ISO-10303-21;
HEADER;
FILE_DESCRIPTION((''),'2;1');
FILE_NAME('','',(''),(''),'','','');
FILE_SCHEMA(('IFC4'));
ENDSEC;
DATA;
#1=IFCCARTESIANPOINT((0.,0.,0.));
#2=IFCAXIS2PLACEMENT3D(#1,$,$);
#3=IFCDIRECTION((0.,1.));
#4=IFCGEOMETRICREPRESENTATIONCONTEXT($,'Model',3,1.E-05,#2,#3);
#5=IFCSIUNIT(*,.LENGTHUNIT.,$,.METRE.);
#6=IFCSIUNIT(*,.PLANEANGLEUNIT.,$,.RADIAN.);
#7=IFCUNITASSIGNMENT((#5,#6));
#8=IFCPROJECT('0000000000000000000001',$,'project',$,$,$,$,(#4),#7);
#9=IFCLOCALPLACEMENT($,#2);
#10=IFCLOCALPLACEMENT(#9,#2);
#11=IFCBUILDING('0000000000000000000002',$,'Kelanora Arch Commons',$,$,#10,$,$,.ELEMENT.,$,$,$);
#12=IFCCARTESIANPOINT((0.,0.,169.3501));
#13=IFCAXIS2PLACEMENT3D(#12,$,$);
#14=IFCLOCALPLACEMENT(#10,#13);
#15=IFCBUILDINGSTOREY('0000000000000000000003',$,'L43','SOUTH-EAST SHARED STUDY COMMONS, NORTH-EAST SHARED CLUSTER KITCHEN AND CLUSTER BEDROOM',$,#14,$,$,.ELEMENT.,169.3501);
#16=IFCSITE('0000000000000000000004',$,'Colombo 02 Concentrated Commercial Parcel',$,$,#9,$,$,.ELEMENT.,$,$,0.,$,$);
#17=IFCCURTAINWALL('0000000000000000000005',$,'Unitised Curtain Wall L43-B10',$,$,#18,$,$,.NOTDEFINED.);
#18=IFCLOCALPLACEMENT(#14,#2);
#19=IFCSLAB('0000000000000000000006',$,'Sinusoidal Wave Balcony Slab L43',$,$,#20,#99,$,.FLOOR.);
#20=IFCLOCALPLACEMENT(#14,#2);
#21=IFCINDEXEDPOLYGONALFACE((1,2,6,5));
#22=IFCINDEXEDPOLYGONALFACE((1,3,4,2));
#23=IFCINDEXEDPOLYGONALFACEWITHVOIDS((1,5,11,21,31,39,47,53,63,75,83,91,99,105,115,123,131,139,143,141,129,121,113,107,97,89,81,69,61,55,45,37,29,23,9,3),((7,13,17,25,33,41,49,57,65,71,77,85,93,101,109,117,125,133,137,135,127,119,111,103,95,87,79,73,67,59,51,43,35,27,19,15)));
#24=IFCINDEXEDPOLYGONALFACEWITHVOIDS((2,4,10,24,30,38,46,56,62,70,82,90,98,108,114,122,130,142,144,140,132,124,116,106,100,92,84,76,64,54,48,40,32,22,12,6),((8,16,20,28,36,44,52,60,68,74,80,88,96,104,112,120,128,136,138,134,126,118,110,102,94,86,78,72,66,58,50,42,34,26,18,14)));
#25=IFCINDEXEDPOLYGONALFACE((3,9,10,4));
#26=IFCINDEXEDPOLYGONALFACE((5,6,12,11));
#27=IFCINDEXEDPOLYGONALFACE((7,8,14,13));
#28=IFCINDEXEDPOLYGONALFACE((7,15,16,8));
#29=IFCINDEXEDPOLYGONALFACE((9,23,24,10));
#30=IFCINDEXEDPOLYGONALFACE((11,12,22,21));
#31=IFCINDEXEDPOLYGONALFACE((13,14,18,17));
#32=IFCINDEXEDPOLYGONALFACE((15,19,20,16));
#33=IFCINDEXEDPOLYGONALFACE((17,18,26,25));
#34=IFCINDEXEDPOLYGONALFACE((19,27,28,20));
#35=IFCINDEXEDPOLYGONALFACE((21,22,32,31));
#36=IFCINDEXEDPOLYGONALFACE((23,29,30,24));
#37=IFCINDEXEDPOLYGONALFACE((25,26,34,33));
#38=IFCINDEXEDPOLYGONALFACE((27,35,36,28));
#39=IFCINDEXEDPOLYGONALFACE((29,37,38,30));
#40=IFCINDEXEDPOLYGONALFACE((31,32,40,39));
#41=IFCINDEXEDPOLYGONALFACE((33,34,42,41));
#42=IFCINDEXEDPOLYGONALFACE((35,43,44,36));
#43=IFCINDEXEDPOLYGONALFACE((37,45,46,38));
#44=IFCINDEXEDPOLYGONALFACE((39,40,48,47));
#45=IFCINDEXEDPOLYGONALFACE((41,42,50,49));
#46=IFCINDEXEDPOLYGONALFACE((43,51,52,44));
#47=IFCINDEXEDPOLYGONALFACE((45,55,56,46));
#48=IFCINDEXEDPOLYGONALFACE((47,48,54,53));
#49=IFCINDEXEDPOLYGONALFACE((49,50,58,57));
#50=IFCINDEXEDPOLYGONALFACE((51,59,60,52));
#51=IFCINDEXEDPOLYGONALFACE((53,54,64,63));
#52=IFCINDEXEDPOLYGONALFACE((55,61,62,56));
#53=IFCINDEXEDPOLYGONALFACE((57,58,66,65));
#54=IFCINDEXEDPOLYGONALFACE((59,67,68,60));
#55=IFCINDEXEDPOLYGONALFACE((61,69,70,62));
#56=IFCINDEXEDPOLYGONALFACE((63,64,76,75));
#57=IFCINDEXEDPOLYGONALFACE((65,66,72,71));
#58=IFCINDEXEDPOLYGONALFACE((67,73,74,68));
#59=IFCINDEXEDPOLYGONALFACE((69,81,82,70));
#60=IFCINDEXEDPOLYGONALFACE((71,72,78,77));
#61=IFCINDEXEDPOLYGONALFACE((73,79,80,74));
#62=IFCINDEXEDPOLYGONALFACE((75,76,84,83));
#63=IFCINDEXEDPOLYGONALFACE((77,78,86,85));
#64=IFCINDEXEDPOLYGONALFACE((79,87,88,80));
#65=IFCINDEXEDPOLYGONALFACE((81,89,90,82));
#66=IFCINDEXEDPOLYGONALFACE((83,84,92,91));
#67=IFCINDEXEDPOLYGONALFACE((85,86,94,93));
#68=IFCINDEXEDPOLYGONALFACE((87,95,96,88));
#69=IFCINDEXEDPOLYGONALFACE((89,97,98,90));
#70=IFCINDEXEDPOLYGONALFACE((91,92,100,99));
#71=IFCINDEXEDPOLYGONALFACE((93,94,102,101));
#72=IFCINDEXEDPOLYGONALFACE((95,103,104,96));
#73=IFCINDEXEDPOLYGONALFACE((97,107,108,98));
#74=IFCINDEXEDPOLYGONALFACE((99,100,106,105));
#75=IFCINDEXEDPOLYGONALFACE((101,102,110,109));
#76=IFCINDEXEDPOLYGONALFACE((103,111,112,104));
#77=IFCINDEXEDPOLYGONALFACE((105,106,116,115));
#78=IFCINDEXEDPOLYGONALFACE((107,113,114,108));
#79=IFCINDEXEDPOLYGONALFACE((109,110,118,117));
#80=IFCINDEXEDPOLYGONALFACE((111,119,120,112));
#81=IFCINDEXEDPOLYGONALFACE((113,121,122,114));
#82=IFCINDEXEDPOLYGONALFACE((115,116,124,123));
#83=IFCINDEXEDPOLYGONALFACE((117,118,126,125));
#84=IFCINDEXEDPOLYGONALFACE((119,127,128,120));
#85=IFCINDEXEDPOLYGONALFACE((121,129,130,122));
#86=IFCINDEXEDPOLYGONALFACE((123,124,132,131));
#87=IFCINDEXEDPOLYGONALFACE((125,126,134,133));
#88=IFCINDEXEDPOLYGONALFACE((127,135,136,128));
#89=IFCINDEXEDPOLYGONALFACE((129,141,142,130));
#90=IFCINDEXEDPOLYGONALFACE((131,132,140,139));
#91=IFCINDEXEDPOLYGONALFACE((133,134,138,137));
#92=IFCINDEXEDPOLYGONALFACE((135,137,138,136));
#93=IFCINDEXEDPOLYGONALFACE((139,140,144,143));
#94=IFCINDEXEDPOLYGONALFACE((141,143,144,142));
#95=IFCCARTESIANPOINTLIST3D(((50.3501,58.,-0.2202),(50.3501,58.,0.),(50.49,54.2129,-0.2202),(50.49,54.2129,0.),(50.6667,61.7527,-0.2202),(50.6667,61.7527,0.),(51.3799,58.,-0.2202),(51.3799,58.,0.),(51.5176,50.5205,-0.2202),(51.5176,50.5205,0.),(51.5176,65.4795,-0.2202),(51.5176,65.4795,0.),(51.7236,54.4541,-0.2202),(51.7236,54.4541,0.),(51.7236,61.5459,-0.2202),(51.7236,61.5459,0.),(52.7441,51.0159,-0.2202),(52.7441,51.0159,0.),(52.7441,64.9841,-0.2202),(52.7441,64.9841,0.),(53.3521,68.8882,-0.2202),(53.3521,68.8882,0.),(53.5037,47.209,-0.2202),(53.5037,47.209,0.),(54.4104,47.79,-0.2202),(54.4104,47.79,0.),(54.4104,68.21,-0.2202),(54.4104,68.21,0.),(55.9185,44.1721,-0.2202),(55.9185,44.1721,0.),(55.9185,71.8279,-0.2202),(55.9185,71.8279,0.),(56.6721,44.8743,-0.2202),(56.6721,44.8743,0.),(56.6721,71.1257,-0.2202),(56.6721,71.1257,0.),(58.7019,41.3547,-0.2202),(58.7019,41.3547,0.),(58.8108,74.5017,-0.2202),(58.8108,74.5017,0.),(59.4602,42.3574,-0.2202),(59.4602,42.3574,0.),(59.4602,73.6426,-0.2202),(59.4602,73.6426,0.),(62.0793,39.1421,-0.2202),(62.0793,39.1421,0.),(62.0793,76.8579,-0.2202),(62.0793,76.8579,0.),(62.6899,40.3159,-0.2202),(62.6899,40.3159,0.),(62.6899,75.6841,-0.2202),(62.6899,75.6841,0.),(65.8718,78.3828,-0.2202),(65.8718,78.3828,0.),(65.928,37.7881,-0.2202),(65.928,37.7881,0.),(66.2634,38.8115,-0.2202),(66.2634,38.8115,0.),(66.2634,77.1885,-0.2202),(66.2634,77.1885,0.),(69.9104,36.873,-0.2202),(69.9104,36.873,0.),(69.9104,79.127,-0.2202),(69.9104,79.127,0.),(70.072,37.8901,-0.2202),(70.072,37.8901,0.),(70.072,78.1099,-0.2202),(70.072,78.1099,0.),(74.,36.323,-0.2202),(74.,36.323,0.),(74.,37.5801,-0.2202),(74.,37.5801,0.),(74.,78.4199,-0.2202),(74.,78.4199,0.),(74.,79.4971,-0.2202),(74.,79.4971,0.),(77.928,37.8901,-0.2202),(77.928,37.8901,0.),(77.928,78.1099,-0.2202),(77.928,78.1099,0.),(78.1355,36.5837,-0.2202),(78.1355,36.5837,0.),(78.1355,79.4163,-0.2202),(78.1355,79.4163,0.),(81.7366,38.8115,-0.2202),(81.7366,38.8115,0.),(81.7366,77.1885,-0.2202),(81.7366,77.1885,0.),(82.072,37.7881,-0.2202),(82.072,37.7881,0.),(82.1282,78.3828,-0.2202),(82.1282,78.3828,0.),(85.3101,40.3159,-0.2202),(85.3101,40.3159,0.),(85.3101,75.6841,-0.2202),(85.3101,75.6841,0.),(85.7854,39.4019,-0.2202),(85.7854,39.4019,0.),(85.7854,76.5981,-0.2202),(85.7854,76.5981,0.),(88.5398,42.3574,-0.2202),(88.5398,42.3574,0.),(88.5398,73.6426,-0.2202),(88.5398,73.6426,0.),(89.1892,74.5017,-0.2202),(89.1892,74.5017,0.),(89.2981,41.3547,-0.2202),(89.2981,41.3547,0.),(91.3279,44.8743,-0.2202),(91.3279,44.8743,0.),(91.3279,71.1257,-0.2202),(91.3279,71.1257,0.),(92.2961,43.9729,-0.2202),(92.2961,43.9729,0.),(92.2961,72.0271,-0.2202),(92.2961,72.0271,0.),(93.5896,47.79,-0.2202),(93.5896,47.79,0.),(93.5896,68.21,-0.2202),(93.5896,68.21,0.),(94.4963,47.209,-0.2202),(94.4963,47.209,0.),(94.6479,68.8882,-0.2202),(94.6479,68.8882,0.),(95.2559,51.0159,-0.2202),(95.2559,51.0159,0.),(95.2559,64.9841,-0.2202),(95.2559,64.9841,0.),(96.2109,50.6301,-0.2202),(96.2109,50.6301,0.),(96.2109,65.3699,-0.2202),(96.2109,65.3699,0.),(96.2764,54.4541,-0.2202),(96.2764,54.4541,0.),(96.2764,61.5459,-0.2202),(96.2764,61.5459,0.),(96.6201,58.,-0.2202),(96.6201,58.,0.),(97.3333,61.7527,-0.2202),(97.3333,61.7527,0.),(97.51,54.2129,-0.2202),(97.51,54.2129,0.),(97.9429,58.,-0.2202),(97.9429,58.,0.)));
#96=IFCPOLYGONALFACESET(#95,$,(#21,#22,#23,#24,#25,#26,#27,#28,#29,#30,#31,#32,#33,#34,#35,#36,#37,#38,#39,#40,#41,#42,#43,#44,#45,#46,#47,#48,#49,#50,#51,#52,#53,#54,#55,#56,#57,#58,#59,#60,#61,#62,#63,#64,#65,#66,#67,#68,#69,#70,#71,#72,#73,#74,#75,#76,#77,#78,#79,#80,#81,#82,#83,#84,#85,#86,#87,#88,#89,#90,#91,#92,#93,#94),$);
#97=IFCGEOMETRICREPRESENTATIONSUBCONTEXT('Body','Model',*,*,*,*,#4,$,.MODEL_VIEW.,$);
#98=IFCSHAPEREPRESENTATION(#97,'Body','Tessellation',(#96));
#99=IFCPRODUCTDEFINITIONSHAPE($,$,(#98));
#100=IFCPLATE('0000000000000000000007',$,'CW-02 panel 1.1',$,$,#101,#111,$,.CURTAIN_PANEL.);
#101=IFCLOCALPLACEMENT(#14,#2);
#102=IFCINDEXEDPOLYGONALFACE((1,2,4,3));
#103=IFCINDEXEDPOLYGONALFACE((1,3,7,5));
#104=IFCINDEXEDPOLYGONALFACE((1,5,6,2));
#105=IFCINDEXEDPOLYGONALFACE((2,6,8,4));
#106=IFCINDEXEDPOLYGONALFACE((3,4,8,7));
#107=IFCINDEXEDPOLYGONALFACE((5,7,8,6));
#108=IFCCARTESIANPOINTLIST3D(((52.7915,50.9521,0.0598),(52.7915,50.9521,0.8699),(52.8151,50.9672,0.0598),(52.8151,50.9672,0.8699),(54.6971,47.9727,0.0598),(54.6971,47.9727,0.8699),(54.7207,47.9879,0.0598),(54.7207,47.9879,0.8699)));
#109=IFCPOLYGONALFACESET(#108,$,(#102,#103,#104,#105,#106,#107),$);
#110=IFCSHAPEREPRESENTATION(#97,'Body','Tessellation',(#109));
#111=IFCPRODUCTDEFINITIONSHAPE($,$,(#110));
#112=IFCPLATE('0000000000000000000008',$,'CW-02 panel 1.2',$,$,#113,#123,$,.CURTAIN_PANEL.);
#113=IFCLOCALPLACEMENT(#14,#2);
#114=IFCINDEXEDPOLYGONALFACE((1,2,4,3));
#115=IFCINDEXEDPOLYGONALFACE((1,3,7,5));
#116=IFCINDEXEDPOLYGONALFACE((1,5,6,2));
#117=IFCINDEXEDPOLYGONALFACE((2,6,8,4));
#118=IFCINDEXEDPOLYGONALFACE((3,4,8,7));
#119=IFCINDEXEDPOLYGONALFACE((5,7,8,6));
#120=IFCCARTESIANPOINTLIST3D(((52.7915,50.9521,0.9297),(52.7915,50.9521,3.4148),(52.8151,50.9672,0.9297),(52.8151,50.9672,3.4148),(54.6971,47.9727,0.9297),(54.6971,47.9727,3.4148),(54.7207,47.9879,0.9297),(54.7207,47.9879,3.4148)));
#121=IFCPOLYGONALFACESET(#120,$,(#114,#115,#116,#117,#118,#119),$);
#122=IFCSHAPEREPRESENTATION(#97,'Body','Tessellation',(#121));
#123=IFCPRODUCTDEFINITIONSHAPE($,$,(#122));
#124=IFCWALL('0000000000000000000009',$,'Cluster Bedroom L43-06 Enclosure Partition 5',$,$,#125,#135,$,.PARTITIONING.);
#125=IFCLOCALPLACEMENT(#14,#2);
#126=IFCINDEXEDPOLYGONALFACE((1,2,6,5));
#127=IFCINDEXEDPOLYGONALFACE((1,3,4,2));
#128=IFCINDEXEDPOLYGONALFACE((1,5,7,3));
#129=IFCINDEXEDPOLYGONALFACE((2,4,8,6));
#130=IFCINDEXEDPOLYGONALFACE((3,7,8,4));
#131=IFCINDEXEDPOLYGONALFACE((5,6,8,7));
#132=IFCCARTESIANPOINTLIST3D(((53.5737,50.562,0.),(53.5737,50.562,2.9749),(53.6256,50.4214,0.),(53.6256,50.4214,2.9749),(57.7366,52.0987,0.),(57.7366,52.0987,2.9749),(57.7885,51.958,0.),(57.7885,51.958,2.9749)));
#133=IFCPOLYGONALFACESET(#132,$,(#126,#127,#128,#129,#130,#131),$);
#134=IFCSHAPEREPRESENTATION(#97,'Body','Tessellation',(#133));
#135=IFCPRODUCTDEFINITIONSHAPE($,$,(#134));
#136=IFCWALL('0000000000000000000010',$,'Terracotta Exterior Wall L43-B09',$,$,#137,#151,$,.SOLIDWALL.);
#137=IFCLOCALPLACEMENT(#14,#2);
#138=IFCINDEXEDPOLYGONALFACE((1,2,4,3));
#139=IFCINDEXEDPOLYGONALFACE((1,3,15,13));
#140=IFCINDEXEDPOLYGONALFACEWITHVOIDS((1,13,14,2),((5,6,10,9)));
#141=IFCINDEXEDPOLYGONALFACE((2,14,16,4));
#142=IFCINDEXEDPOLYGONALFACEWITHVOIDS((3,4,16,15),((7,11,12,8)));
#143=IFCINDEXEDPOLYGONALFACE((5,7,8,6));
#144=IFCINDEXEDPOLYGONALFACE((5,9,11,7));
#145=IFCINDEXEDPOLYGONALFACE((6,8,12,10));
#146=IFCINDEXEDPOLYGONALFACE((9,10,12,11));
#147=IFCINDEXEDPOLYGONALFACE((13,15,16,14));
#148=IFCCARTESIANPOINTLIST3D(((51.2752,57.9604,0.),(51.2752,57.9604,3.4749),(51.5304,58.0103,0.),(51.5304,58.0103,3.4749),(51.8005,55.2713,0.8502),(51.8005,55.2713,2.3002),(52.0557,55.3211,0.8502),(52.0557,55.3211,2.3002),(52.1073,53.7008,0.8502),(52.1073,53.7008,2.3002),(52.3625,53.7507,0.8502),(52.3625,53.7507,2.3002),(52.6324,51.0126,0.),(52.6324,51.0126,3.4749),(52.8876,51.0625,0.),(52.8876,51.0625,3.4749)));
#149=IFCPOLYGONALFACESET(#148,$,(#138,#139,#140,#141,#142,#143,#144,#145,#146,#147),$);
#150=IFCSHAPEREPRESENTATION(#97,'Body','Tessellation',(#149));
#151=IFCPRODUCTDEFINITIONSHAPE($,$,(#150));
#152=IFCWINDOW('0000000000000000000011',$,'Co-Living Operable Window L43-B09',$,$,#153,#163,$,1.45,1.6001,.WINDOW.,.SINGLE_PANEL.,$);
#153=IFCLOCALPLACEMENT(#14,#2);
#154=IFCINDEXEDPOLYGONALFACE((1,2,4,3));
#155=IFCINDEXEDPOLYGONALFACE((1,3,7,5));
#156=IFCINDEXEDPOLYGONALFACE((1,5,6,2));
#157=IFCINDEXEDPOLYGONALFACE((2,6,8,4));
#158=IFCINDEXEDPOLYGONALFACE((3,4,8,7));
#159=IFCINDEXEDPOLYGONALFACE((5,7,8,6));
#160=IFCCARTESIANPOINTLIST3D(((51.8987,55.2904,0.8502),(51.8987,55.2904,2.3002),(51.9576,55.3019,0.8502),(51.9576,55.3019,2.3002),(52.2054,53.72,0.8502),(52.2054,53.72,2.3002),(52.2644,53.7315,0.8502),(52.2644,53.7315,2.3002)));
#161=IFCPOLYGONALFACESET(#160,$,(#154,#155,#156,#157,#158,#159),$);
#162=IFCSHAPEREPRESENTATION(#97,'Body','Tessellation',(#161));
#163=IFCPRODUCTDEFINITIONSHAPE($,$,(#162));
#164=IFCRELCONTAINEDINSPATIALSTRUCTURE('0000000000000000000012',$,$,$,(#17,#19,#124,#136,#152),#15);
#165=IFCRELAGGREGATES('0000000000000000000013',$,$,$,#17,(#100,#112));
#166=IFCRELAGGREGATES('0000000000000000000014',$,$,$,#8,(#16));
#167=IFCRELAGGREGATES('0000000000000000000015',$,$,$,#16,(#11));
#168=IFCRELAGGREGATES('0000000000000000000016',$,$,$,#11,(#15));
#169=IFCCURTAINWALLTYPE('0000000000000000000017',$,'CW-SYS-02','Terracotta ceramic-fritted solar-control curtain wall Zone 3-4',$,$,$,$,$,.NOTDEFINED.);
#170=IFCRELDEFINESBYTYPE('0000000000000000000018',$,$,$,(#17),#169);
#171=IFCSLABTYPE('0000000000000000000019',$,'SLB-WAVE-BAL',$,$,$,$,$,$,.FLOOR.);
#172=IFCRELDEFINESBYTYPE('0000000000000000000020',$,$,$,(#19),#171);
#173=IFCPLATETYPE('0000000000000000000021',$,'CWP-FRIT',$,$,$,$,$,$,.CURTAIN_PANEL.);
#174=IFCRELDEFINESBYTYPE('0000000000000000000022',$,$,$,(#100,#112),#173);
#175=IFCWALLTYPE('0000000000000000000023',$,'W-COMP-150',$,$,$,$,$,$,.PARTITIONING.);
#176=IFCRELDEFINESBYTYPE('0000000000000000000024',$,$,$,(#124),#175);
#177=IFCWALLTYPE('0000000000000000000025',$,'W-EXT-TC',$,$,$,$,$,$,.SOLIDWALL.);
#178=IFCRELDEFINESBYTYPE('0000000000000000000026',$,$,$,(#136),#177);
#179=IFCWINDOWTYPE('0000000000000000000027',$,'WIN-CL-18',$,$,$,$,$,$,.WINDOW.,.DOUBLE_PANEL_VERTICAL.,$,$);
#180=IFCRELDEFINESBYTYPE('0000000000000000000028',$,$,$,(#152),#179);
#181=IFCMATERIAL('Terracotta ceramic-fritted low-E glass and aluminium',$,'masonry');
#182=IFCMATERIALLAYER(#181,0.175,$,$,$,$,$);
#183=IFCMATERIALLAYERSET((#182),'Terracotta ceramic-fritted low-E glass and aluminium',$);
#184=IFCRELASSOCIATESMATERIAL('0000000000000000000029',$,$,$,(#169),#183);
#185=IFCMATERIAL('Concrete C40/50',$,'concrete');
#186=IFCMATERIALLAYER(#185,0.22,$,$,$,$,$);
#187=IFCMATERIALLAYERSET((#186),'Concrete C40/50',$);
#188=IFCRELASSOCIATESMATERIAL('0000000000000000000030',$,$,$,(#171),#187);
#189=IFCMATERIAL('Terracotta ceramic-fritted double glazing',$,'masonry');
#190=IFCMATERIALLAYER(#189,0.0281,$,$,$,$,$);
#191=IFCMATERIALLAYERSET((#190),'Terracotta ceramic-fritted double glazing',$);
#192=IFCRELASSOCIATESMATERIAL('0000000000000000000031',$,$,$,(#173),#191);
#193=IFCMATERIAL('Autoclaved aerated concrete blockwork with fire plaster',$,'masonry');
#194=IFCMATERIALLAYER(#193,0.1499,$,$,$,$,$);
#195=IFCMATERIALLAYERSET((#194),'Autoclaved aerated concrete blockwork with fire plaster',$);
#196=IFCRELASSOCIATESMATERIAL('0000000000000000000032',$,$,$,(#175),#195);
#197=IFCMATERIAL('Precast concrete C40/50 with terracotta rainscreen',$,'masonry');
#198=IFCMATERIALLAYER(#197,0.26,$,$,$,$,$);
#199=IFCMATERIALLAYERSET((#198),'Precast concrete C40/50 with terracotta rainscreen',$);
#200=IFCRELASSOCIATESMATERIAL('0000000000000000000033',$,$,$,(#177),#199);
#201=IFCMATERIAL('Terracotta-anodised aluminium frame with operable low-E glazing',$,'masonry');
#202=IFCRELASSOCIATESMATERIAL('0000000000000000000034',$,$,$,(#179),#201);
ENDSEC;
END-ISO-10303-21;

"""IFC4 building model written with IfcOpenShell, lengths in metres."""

from ifc_helpers import new_model, si_unit, direction, frame, frame_2d, origin, origin_2d, place, context, subcontext, project, spatial, polyline, rectangle, outline, extrude, source, transform, mapped, material, layer, layer_set, type_object, element, fill, aggregate, save


model = new_model("IFC4")

# Units and contexts
model_context = context("Model", 3, precision=1e-05, world=origin(), true_north=direction((0.0, 1.0)))
body_context = subcontext(model_context, "Body", "Model", "MODEL_VIEW")
ifc_project = project(units=[si_unit("LENGTHUNIT", "METRE"), si_unit("PLANEANGLEUNIT", "RADIAN")], contexts=[model_context])

# Site, building, storey
site_placement = place(None, origin())
site = spatial("IfcSite", under=ifc_project, at=site_placement, Name="Colombo 02 Concentrated Commercial Parcel", CompositionType="ELEMENT", RefElevation=0.0)
building_placement = place(site_placement, origin())
building = spatial("IfcBuilding", under=site, at=building_placement, Name="Kelanora Arch Commons", CompositionType="ELEMENT")
storey_placement = place(building_placement, frame((0.0, 0.0, 169.3501)))
storey = spatial("IfcBuildingStorey", under=building, at=storey_placement, Name="L43", Description="SOUTH-EAST SHARED STUDY COMMONS, NORTH-EAST SHARED CLUSTER KITCHEN AND CLUSTER BEDROOM", CompositionType="ELEMENT", Elevation=169.3501)

# Shared definitions
ifc_material_1 = material(Name="Terracotta ceramic-fritted low-E glass and aluminium", Category="masonry")
ifc_layer_1 = layer(ifc_material_1, 0.175)
ifc_layer_set_1 = layer_set([ifc_layer_1], Name="Terracotta ceramic-fritted low-E glass and aluminium")
curtain_wall_type = type_object("IfcCurtainWallType", Name="CW-SYS-02", Description="Terracotta ceramic-fritted solar-control curtain wall Zone 3-4", PredefinedType="NOTDEFINED", material=ifc_layer_set_1)

# Curtain wall
curtain_wall_1_placement = place(storey_placement, origin())
curtain_wall_1 = element("IfcCurtainWall", 1, at=curtain_wall_1_placement, inside=storey, type_object=curtain_wall_type, Name="Unitised Curtain Wall L43-B10", PredefinedType="NOTDEFINED")

# Shared definitions
ifc_material_2 = material(Name="Concrete C40/50", Category="concrete")

# Slab
ifc_layer_2 = layer(ifc_material_2, 0.22)
ifc_layer_set_2 = layer_set([ifc_layer_2], Name="Concrete C40/50")
slab_type_1 = type_object("IfcSlabType", Name="SLB-WAVE-BAL", PredefinedType="FLOOR", material=ifc_layer_set_2)
slab_1_placement = place(storey_placement, frame((0.0, 0.0, -0.2202)))
element("IfcSlab", 2, at=slab_1_placement, inside=storey, type_object=slab_type_1, Name="Sinusoidal Wave Balcony Slab L43", PredefinedType="FLOOR", context=body_context, shape_type="SweptSolid", body=[
    extrude(outline(polyline([(97.9429, 58.0), (97.3333, 61.7527), (96.2109, 65.3699), (94.6479, 68.8882), (92.2961, 72.0271), (89.1892, 74.5017), (85.7854, 76.5981), (82.1282, 78.3828), (78.1355, 79.4163), (74.0, 79.4971), (69.9104, 79.127), (65.8718, 78.3828), (62.0793, 76.8579), (58.8108, 74.5017), (55.9185, 71.8279), (53.3521, 68.8882), (51.5176, 65.4795), (50.6667, 61.7527), (50.3501, 58.0), (50.49, 54.2129), (51.5176, 50.5205), (53.5037, 47.209), (55.9185, 44.1721), (58.7019, 41.3547), (62.0793, 39.1421), (65.928, 37.7881), (69.9104, 36.873), (74.0, 36.323), (78.1355, 36.5837), (82.072, 37.7881), (85.7854, 39.4019), (89.2981, 41.3547), (92.2961, 43.9729), (94.4963, 47.209), (96.2109, 50.6301), (97.51, 54.2129), (97.9429, 58.0)]), holes=[polyline([(96.2764, 54.4541), (95.2559, 51.0159), (93.5896, 47.79), (91.3279, 44.8743), (88.5398, 42.3574), (85.3101, 40.3159), (81.7366, 38.8115), (77.928, 37.8901), (74.0, 37.5801), (70.072, 37.8901), (66.2634, 38.8115), (62.6899, 40.3159), (59.4602, 42.3574), (56.6721, 44.8743), (54.4104, 47.79), (52.7441, 51.0159), (51.7236, 54.4541), (51.3799, 58.0), (51.7236, 61.5459), (52.7441, 64.9841), (54.4104, 68.21), (56.6721, 71.1257), (59.4602, 73.6426), (62.6899, 75.6841), (66.2634, 77.1885), (70.072, 78.1099), (74.0, 78.4199), (77.928, 78.1099), (81.7366, 77.1885), (85.3101, 75.6841), (88.5398, 73.6426), (91.3279, 71.1257), (93.5896, 68.21), (95.2559, 64.9841), (96.2764, 61.5459), (96.6201, 58.0), (96.2764, 54.4541)])]), origin(), (0.0, 0.0, 1.0), 0.2202),
])

# Plates
ifc_material_3 = material(Name="Terracotta ceramic-fritted double glazing", Category="masonry")
ifc_layer_3 = layer(ifc_material_3, 0.0281)
ifc_layer_set_3 = layer_set([ifc_layer_3], Name="Terracotta ceramic-fritted double glazing")
plate_type = type_object("IfcPlateType", Name="CWP-FRIT", PredefinedType="CURTAIN_PANEL", material=ifc_layer_set_3)
shared_shape_1 = source(origin(), body_context, "Body", "SweptSolid", [
    extrude(rectangle(XDim=3.5366, YDim=0.0281, at=origin_2d()), origin(), (0.0, 0.0, 1.0), 0.8101),
])
plate_1_placement = place(storey_placement, frame((53.7561, 49.47, 0.0598), z_axis=(0.0, 0.0, 1.0), x_axis=(0.538817, -0.842423, 0.0)))
plate_1 = element("IfcPlate", 3, at=plate_1_placement, type_object=plate_type, Name="CW-02 panel 1.1", PredefinedType="CURTAIN_PANEL", context=body_context, shape_type="MappedRepresentation", body=[
    mapped(shared_shape_1, transform((0.0, 0.0, 0.0), scale=1.0)),
])
shared_shape_2 = source(origin(), body_context, "Body", "SweptSolid", [
    extrude(rectangle(XDim=3.5366, YDim=0.0281, at=origin_2d()), origin(), (0.0, 0.0, 1.0), 2.4851),
])
plate_2_placement = place(storey_placement, frame((53.7561, 49.47, 0.9297), z_axis=(0.0, 0.0, 1.0), x_axis=(0.538817, -0.842423, 0.0)))
plate_2 = element("IfcPlate", 4, at=plate_2_placement, type_object=plate_type, Name="CW-02 panel 1.2", PredefinedType="CURTAIN_PANEL", context=body_context, shape_type="MappedRepresentation", body=[
    mapped(shared_shape_2, transform((0.0, 0.0, 0.0), scale=1.0)),
])
aggregate(curtain_wall_1, [plate_1, plate_2])

# Wall
ifc_material_4 = material(Name="Autoclaved aerated concrete blockwork with fire plaster", Category="masonry")
ifc_layer_4 = layer(ifc_material_4, 0.1499)
ifc_layer_set_4 = layer_set([ifc_layer_4], Name="Autoclaved aerated concrete blockwork with fire plaster")
wall_type_1 = type_object("IfcWallType", Name="W-COMP-150", PredefinedType="PARTITIONING", material=ifc_layer_set_4)
wall_1_placement = place(storey_placement, frame((53.5996, 50.4917, 0.0), z_axis=(0.0, 0.0, 1.0), x_axis=(0.938128, 0.346289, 0.0)))
element("IfcWall", 5, at=wall_1_placement, inside=storey, type_object=wall_type_1, Name="Cluster Bedroom L43-06 Enclosure Partition 5", PredefinedType="PARTITIONING", context=body_context, shape_type="SweptSolid", body=[
    extrude(rectangle(XDim=4.4375, YDim=0.1499, at=frame_2d((2.2188, 0.0))), origin(), (0.0, 0.0, 1.0), 2.9749),
])

# Wall, opening, window
ifc_material_5 = material(Name="Precast concrete C40/50 with terracotta rainscreen", Category="masonry")
ifc_layer_5 = layer(ifc_material_5, 0.26)
ifc_layer_set_5 = layer_set([ifc_layer_5], Name="Precast concrete C40/50 with terracotta rainscreen")
wall_type_2 = type_object("IfcWallType", Name="W-EXT-TC", PredefinedType="SOLIDWALL", material=ifc_layer_set_5)
wall_2_placement = place(storey_placement, frame((51.4028, 57.9854, 0.0), z_axis=(0.0, 0.0, 1.0), x_axis=(0.191717, -0.98145, 0.0)))
wall_2 = element("IfcWall", 6, at=wall_2_placement, inside=storey, type_object=wall_type_2, Name="Terracotta Exterior Wall L43-B09", PredefinedType="SOLIDWALL", context=body_context, shape_type="SweptSolid", body=[
    extrude(rectangle(XDim=7.0791, YDim=0.26, at=frame_2d((3.5396, 0.0))), origin(), (0.0, 0.0, 1.0), 3.4749),
])
opening_placement = place(wall_2_placement, frame((2.74, 0.0, 0.8501)))
opening = element("IfcOpeningElement", 7, at=opening_placement, cuts=wall_2, PredefinedType="OPENING", context=body_context, shape_type="SweptSolid", body=[
    extrude(rectangle(XDim=1.6001, YDim=1.45, at=frame_2d((0.8, 0.7251))), frame((0.0, 0.1401, 0.0), z_axis=(0.0, -1.0, 0.0), x_axis=(1.0, 0.0, 0.0)), (0.0, 0.0, 1.0), 0.28),
])
ifc_material_6 = material(Name="Terracotta-anodised aluminium frame with operable low-E glazing", Category="masonry")
window_type = type_object("IfcWindowType", Name="WIN-CL-18", PartitioningType="DOUBLE_PANEL_VERTICAL", PredefinedType="WINDOW", material=ifc_material_6)
window_placement = place(opening_placement, origin())
window = element("IfcWindow", 8, at=window_placement, inside=storey, type_object=window_type, Name="Co-Living Operable Window L43-B09", OverallHeight=1.45, OverallWidth=1.6001, PartitioningType="SINGLE_PANEL", PredefinedType="WINDOW", context=body_context, shape_type="SweptSolid", body=[
    extrude(rectangle(XDim=1.6001, YDim=1.45, at=frame_2d((0.8, 0.7251))), frame((0.0, 0.03, 0.0), z_axis=(0.0, -1.0, 0.0), x_axis=(1.0, 0.0, 0.0)), (0.0, 0.0, 1.0), 0.0601),
])
fill(opening, window)

save(model, "model.ifc")
